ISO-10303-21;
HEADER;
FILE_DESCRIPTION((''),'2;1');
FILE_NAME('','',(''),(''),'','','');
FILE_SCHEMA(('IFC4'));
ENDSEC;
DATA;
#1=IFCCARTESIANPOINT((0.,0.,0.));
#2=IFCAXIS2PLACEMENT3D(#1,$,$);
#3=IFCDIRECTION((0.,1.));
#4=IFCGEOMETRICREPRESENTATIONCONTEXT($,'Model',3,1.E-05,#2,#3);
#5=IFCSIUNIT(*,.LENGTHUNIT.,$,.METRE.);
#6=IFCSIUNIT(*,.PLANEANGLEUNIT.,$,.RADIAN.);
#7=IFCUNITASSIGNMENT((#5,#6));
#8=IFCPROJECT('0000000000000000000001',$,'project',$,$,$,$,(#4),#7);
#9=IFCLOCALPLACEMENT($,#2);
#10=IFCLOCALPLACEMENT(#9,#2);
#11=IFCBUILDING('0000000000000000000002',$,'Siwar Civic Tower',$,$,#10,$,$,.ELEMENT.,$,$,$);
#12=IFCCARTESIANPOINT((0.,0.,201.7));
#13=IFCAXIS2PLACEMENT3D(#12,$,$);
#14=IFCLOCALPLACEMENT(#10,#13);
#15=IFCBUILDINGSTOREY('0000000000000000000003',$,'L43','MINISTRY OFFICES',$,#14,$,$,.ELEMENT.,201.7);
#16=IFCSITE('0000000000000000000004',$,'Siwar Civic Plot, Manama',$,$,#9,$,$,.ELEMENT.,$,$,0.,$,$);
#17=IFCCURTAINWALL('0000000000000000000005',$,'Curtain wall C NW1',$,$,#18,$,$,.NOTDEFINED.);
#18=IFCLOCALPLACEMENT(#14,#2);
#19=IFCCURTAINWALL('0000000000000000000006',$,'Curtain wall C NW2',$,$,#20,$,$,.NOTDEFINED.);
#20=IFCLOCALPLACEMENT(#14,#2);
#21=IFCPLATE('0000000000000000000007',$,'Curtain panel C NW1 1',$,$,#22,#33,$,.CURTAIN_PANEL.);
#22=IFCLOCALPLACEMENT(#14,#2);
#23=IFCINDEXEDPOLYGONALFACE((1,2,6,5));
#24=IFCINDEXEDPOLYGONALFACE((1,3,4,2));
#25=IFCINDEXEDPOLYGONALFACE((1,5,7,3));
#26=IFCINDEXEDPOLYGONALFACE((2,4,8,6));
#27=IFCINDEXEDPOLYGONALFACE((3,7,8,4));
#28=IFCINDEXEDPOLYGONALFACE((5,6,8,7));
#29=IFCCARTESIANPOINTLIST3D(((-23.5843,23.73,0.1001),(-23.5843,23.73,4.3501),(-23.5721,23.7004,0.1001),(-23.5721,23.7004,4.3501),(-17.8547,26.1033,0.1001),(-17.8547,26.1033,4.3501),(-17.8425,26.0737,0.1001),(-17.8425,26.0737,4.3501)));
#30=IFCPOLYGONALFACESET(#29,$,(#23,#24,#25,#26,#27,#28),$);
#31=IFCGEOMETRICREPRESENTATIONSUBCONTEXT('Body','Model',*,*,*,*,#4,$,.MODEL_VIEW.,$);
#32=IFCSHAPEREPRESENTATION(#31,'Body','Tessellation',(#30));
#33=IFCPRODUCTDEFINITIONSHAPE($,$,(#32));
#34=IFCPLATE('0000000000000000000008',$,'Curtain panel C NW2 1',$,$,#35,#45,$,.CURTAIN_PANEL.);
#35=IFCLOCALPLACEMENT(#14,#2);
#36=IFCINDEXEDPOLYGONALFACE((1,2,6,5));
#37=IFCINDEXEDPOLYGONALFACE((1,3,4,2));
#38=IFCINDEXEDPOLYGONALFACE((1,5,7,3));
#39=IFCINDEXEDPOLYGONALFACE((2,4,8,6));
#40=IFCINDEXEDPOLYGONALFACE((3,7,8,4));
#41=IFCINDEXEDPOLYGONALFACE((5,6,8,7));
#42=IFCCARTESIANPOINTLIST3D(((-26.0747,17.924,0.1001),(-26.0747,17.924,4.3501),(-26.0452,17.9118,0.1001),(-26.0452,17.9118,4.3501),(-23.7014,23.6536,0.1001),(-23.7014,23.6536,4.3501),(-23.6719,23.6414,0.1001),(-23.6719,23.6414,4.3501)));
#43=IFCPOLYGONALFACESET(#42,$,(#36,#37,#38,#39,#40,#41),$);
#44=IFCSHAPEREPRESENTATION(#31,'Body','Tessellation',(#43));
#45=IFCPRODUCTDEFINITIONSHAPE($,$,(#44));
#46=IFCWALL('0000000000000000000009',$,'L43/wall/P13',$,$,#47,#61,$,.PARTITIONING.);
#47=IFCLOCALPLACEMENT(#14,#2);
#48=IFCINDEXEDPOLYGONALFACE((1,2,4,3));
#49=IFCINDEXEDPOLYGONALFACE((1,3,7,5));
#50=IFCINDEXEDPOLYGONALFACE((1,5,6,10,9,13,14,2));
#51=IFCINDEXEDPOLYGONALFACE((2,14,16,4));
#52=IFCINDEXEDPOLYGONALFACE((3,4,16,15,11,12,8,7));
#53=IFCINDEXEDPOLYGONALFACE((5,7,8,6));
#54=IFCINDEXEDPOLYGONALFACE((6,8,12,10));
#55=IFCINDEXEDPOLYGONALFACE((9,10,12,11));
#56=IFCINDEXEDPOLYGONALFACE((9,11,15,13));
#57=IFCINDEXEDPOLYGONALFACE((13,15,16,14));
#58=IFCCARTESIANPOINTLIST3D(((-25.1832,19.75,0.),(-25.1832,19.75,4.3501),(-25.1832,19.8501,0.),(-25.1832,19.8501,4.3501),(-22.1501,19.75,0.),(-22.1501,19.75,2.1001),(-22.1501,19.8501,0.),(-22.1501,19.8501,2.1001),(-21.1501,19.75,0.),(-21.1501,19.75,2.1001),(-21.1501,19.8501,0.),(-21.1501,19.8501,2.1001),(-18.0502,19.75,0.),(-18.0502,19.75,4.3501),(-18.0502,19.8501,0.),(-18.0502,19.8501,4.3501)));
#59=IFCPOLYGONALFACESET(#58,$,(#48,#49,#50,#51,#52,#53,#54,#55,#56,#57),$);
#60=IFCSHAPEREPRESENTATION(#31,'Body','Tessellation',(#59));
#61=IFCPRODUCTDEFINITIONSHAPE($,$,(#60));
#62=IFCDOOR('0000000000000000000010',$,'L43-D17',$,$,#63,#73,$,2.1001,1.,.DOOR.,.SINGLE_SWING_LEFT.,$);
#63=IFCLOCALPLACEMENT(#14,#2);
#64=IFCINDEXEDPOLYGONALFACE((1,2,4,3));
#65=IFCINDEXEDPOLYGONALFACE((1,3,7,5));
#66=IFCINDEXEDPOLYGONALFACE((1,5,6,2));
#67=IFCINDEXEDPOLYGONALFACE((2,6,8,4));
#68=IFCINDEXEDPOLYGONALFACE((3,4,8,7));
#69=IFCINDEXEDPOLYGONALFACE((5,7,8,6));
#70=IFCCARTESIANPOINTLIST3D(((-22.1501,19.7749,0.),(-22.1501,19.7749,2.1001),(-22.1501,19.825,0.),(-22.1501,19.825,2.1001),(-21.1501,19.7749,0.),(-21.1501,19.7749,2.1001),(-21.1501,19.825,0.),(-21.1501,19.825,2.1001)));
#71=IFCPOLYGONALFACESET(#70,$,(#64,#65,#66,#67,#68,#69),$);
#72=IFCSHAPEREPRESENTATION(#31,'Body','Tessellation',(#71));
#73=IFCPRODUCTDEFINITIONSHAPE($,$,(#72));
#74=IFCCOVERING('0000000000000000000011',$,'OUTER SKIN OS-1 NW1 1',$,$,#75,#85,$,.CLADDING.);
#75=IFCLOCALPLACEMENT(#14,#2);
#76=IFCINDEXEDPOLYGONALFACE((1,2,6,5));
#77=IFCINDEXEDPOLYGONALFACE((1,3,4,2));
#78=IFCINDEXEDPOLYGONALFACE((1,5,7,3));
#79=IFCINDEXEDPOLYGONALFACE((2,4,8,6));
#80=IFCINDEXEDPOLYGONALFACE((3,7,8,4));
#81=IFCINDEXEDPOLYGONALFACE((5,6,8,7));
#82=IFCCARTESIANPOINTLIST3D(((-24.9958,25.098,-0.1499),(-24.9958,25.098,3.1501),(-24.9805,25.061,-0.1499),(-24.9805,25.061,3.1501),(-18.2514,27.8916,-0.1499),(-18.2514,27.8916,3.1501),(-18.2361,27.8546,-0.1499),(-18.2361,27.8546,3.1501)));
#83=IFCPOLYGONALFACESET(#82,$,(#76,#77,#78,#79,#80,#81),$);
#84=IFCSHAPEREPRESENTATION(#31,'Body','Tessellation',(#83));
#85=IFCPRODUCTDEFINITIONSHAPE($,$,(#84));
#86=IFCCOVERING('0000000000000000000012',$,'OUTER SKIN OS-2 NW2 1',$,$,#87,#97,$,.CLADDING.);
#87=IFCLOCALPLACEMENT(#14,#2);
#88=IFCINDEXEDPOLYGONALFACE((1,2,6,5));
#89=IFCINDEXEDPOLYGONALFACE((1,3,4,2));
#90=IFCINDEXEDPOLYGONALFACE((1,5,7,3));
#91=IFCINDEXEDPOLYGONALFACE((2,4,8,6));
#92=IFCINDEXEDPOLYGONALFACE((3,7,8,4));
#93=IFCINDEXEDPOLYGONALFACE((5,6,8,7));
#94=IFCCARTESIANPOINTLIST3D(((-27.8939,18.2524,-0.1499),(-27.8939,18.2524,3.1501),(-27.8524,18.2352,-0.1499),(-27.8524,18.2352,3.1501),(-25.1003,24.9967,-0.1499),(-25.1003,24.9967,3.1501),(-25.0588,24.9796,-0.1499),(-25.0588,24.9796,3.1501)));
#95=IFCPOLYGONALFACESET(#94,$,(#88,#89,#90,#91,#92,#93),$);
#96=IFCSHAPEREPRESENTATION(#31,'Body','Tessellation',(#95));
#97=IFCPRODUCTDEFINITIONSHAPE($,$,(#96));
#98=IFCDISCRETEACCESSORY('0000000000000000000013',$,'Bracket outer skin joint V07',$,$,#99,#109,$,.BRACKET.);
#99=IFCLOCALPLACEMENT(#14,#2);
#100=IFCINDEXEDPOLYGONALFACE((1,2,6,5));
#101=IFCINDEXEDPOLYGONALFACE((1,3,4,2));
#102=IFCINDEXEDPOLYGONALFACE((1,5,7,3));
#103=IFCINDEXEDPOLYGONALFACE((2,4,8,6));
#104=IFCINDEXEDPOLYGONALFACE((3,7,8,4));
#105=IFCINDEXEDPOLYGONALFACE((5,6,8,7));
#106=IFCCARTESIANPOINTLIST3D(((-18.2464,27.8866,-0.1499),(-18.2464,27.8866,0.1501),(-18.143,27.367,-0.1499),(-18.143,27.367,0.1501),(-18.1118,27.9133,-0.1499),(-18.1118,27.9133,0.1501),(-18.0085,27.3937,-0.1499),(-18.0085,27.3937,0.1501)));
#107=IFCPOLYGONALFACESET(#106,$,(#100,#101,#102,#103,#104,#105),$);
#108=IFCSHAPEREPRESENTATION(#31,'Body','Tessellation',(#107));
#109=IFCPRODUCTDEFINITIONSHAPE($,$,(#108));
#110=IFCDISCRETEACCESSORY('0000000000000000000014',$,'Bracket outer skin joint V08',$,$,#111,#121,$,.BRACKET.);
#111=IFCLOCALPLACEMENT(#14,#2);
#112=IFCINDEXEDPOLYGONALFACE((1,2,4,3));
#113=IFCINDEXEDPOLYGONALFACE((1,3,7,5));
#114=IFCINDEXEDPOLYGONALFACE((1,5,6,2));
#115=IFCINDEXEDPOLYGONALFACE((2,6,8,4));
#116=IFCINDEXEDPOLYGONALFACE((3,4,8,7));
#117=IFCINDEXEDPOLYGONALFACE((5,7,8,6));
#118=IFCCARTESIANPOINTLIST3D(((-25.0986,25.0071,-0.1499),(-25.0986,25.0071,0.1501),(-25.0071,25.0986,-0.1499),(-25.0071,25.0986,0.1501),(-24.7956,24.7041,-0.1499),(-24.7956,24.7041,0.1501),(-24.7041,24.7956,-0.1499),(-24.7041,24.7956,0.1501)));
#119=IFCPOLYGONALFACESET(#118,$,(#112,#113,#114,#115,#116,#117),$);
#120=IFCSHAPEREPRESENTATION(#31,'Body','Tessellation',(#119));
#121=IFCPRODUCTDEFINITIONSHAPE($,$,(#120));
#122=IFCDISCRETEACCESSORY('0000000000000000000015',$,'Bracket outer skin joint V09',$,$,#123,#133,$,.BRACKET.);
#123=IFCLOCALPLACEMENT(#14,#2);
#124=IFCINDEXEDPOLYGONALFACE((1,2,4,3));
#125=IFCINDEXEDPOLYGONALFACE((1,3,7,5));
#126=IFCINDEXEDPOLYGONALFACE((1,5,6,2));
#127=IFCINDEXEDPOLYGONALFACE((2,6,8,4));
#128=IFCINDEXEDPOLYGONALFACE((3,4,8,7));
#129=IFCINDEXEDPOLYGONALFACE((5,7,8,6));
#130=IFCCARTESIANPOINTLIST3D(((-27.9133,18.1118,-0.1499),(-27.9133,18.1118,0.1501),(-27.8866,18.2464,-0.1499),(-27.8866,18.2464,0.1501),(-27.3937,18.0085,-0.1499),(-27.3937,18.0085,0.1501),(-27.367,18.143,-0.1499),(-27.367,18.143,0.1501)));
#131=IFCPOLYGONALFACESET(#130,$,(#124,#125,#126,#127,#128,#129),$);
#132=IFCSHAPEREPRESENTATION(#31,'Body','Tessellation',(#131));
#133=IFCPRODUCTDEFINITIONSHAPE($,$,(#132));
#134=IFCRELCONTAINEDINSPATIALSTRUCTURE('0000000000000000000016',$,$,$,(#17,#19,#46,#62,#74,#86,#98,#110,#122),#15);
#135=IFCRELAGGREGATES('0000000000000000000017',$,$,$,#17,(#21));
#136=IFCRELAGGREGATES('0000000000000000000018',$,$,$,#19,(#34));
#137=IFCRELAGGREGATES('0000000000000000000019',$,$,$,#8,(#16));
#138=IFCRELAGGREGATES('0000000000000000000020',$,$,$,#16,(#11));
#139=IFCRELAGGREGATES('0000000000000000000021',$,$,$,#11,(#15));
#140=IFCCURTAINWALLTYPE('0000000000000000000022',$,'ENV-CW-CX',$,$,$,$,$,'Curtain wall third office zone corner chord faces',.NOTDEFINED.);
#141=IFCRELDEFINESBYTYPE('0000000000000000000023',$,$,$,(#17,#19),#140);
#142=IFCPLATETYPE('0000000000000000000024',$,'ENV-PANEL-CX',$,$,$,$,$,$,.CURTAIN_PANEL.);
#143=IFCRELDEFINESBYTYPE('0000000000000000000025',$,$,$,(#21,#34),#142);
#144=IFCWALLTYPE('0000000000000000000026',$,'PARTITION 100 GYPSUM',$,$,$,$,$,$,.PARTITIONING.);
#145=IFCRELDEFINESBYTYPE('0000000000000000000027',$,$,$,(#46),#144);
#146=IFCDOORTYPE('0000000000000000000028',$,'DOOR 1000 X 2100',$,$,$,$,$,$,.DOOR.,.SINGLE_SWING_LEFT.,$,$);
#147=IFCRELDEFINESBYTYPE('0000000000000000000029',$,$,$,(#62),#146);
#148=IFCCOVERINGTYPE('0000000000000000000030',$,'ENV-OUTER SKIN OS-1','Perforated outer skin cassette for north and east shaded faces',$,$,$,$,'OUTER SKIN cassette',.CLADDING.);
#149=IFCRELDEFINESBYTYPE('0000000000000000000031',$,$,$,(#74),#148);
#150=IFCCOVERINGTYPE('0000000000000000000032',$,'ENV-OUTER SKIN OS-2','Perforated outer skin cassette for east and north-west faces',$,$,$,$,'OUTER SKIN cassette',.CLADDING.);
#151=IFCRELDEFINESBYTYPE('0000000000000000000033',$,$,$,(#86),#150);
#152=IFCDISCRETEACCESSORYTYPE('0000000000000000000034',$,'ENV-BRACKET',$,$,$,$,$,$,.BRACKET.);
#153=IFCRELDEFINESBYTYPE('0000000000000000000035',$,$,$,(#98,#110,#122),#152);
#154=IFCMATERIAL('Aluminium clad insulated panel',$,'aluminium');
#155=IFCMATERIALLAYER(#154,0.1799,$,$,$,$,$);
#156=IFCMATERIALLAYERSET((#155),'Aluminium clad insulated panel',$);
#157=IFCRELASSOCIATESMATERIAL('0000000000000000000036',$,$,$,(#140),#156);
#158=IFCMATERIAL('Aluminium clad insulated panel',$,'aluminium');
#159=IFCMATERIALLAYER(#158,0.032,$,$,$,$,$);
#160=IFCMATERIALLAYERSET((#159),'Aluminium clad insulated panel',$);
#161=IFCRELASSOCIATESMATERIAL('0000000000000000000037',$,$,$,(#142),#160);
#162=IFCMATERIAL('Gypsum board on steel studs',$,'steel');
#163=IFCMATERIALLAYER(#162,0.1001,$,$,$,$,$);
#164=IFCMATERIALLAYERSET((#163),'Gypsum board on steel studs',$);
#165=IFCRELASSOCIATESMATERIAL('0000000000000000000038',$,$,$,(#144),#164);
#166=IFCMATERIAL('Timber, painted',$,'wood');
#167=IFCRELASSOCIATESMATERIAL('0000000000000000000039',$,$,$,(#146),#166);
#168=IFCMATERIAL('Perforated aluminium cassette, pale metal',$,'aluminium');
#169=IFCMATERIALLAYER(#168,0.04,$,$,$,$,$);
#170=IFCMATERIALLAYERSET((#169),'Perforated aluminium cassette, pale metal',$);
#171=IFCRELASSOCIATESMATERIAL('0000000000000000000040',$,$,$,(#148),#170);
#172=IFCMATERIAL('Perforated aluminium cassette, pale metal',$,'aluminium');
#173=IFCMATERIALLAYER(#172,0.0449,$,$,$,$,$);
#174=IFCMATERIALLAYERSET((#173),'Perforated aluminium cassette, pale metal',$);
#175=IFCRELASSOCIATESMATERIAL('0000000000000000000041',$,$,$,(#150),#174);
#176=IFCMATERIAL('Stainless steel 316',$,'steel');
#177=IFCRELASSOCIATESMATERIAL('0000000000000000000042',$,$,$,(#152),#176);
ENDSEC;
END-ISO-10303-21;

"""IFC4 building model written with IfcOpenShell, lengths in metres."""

from ifc_helpers import new_model, si_unit, direction, frame, frame_2d, origin, origin_2d, place, context, subcontext, project, spatial, rectangle, extrude, material, layer, layer_set, type_object, element, fill, aggregate, save


model = new_model("IFC4")

# Units and contexts
model_context = context("Model", 3, precision=1e-05, world=origin(), true_north=direction((0.0, 1.0)))
body_context = subcontext(model_context, "Body", "Model", "MODEL_VIEW")
ifc_project = project(units=[si_unit("LENGTHUNIT", "METRE"), si_unit("PLANEANGLEUNIT", "RADIAN")], contexts=[model_context])

# Site, building, storey
site_placement = place(None, origin())
site = spatial("IfcSite", under=ifc_project, at=site_placement, Name="Siwar Civic Plot, Manama", CompositionType="ELEMENT", RefElevation=0.0)
building_placement = place(site_placement, origin())
building = spatial("IfcBuilding", under=site, at=building_placement, Name="Siwar Civic Tower", CompositionType="ELEMENT")
storey_placement = place(building_placement, frame((0.0, 0.0, 201.7)))
storey = spatial("IfcBuildingStorey", under=building, at=storey_placement, Name="L43", Description="MINISTRY OFFICES", CompositionType="ELEMENT", Elevation=201.7)

# Curtain walls
ifc_material_1 = material(Name="Aluminium clad insulated panel", Category="aluminium")
ifc_layer_1 = layer(ifc_material_1, 0.1799)
ifc_layer_set_1 = layer_set([ifc_layer_1], Name="Aluminium clad insulated panel")
curtain_wall_type = type_object("IfcCurtainWallType", Name="ENV-CW-CX", ElementType="Curtain wall third office zone corner chord faces", PredefinedType="NOTDEFINED", material=ifc_layer_set_1)
curtain_wall_1_placement = place(storey_placement, origin())
curtain_wall_1 = element("IfcCurtainWall", 1, at=curtain_wall_1_placement, inside=storey, type_object=curtain_wall_type, Name="Curtain wall C NW1", PredefinedType="NOTDEFINED")
curtain_wall_2_placement = place(storey_placement, origin())
curtain_wall_2 = element("IfcCurtainWall", 2, at=curtain_wall_2_placement, inside=storey, type_object=curtain_wall_type, Name="Curtain wall C NW2", PredefinedType="NOTDEFINED")

# Plates
ifc_material_2 = material(Name="Aluminium clad insulated panel", Category="aluminium")
ifc_layer_2 = layer(ifc_material_2, 0.032)
ifc_layer_set_2 = layer_set([ifc_layer_2], Name="Aluminium clad insulated panel")
plate_type = type_object("IfcPlateType", Name="ENV-PANEL-CX", PredefinedType="CURTAIN_PANEL", material=ifc_layer_set_2)
plate_1_placement = place(storey_placement, frame((-20.7134, 24.9019, 0.1001), z_axis=(0.0, 0.0, 1.0), x_axis=(-0.92388, -0.382683, 0.0)))
plate_1 = element("IfcPlate", 3, at=plate_1_placement, type_object=plate_type, Name="Curtain panel C NW1 1", PredefinedType="CURTAIN_PANEL", context=body_context, shape_type="SweptSolid", body=[
    extrude(rectangle(XDim=6.2017, YDim=0.032, at=origin_2d()), origin(), (0.0, 0.0, 1.0), 4.25),
])
aggregate(curtain_wall_1, [plate_1])
plate_2_placement = place(storey_placement, frame((-24.8733, 20.7827, 0.1001), z_axis=(0.0, 0.0, 1.0), x_axis=(-0.382683, -0.92388, 0.0)))
plate_2 = element("IfcPlate", 4, at=plate_2_placement, type_object=plate_type, Name="Curtain panel C NW2 1", PredefinedType="CURTAIN_PANEL", context=body_context, shape_type="SweptSolid", body=[
    extrude(rectangle(XDim=6.2017, YDim=0.032, at=origin_2d()), origin(), (0.0, 0.0, 1.0), 4.25),
])
aggregate(curtain_wall_2, [plate_2])

# Wall, opening, door
ifc_material_3 = material(Name="Gypsum board on steel studs", Category="steel")
ifc_layer_3 = layer(ifc_material_3, 0.1001)
ifc_layer_set_3 = layer_set([ifc_layer_3], Name="Gypsum board on steel studs")
wall_type = type_object("IfcWallType", Name="PARTITION 100 GYPSUM", PredefinedType="PARTITIONING", material=ifc_layer_set_3)
wall_placement = place(storey_placement, frame((-25.1831, 19.8, 0.0), z_axis=(0.0, 0.0, 1.0), x_axis=(1.0, 0.0, 0.0)))
wall = element("IfcWall", 5, at=wall_placement, inside=storey, type_object=wall_type, Name="L43/wall/P13", PredefinedType="PARTITIONING", context=body_context, shape_type="SweptSolid", body=[
    extrude(rectangle(XDim=7.1331, YDim=0.1001, at=frame_2d((3.5664, 0.0))), origin(), (0.0, 0.0, 1.0), 4.3501),
])
opening_placement = place(wall_placement, frame((3.033, 0.0, 0.0)))
opening = element("IfcOpeningElement", 6, at=opening_placement, cuts=wall, PredefinedType="OPENING", context=body_context, shape_type="SweptSolid", body=[
    extrude(rectangle(XDim=1.0, YDim=2.1001, at=frame_2d((0.5, 1.05))), frame((0.0, 0.0601, 0.0), z_axis=(0.0, -1.0, 0.0), x_axis=(1.0, 0.0, 0.0)), (0.0, 0.0, 1.0), 0.1201),
])
ifc_material_4 = material(Name="Timber, painted", Category="wood")
door_type = type_object("IfcDoorType", Name="DOOR 1000 X 2100", OperationType="SINGLE_SWING_LEFT", PredefinedType="DOOR", material=ifc_material_4)
door_placement = place(opening_placement, origin())
door = element("IfcDoor", 7, at=door_placement, inside=storey, type_object=door_type, Name="L43-D17", OperationType="SINGLE_SWING_LEFT", OverallHeight=2.1001, OverallWidth=1.0, PredefinedType="DOOR", context=body_context, shape_type="SweptSolid", body=[
    extrude(rectangle(XDim=1.0, YDim=2.1001, at=frame_2d((0.5, 1.05))), frame((0.0, 0.0249, 0.0), z_axis=(0.0, -1.0, 0.0), x_axis=(1.0, 0.0, 0.0)), (0.0, 0.0, 1.0), 0.05),
])
fill(opening, door)

# Coverings
ifc_material_5 = material(Name="Perforated aluminium cassette, pale metal", Category="aluminium")
ifc_layer_4 = layer(ifc_material_5, 0.04)
ifc_layer_set_4 = layer_set([ifc_layer_4], Name="Perforated aluminium cassette, pale metal")
covering_type_1 = type_object("IfcCoveringType", Name="ENV-OUTER SKIN OS-1", Description="Perforated outer skin cassette for north and east shaded faces", ElementType="OUTER SKIN cassette", PredefinedType="CLADDING", material=ifc_layer_set_4)
covering_1_placement = place(storey_placement, frame((-21.616, 26.4763, -0.1499), z_axis=(0.0, 0.0, 1.0), x_axis=(-0.92388, -0.382683, 0.0)))
element("IfcCovering", 8, at=covering_1_placement, inside=storey, type_object=covering_type_1, Name="OUTER SKIN OS-1 NW1 1", PredefinedType="CLADDING", context=body_context, shape_type="SweptSolid", body=[
    extrude(rectangle(XDim=7.3, YDim=0.04, at=origin_2d()), origin(), (0.0, 0.0, 1.0), 3.3),
])
ifc_material_6 = material(Name="Perforated aluminium cassette, pale metal", Category="aluminium")
ifc_layer_5 = layer(ifc_material_6, 0.0449)
ifc_layer_set_5 = layer_set([ifc_layer_5], Name="Perforated aluminium cassette, pale metal")
covering_type_2 = type_object("IfcCoveringType", Name="ENV-OUTER SKIN OS-2", Description="Perforated outer skin cassette for east and north-west faces", ElementType="OUTER SKIN cassette", PredefinedType="CLADDING", material=ifc_layer_set_5)
covering_2_placement = place(storey_placement, frame((-26.4763, 21.616, -0.1499), z_axis=(0.0, 0.0, 1.0), x_axis=(-0.382683, -0.92388, 0.0)))
element("IfcCovering", 9, at=covering_2_placement, inside=storey, type_object=covering_type_2, Name="OUTER SKIN OS-2 NW2 1", PredefinedType="CLADDING", context=body_context, shape_type="SweptSolid", body=[
    extrude(rectangle(XDim=7.3, YDim=0.0449, at=origin_2d()), origin(), (0.0, 0.0, 1.0), 3.3),
])

# Discrete accessories
ifc_material_7 = material(Name="Stainless steel 316", Category="steel")
discrete_accessory_type = type_object("IfcDiscreteAccessoryType", Name="ENV-BRACKET", PredefinedType="BRACKET", material=ifc_material_7)
discrete_accessory_1_placement = place(storey_placement, frame((-18.1274, 27.6401, -0.1499), z_axis=(0.0, 0.0, 1.0), x_axis=(-0.19509, 0.980785, 0.0)))
element("IfcDiscreteAccessory", 10, at=discrete_accessory_1_placement, inside=storey, type_object=discrete_accessory_type, Name="Bracket outer skin joint V07", PredefinedType="BRACKET", context=body_context, shape_type="SweptSolid", body=[
    extrude(rectangle(XDim=0.5298, YDim=0.1372, at=origin_2d()), origin(), (0.0, 0.0, 1.0), 0.3),
])
discrete_accessory_2_placement = place(storey_placement, frame((-24.9014, 24.9014, -0.1499), z_axis=(0.0, 0.0, 1.0), x_axis=(-0.707107, 0.707107, 0.0)))
element("IfcDiscreteAccessory", 11, at=discrete_accessory_2_placement, inside=storey, type_object=discrete_accessory_type, Name="Bracket outer skin joint V08", PredefinedType="BRACKET", context=body_context, shape_type="SweptSolid", body=[
    extrude(rectangle(XDim=0.4285, YDim=0.1294, at=origin_2d()), origin(), (0.0, 0.0, 1.0), 0.3),
])
discrete_accessory_3_placement = place(storey_placement, frame((-27.6401, 18.1274, -0.1499), z_axis=(0.0, 0.0, 1.0), x_axis=(-0.980785, 0.19509, 0.0)))
element("IfcDiscreteAccessory", 12, at=discrete_accessory_3_placement, inside=storey, type_object=discrete_accessory_type, Name="Bracket outer skin joint V09", PredefinedType="BRACKET", context=body_context, shape_type="SweptSolid", body=[
    extrude(rectangle(XDim=0.5298, YDim=0.1372, at=origin_2d()), origin(), (0.0, 0.0, 1.0), 0.3),
])

save(model, "model.ifc")
